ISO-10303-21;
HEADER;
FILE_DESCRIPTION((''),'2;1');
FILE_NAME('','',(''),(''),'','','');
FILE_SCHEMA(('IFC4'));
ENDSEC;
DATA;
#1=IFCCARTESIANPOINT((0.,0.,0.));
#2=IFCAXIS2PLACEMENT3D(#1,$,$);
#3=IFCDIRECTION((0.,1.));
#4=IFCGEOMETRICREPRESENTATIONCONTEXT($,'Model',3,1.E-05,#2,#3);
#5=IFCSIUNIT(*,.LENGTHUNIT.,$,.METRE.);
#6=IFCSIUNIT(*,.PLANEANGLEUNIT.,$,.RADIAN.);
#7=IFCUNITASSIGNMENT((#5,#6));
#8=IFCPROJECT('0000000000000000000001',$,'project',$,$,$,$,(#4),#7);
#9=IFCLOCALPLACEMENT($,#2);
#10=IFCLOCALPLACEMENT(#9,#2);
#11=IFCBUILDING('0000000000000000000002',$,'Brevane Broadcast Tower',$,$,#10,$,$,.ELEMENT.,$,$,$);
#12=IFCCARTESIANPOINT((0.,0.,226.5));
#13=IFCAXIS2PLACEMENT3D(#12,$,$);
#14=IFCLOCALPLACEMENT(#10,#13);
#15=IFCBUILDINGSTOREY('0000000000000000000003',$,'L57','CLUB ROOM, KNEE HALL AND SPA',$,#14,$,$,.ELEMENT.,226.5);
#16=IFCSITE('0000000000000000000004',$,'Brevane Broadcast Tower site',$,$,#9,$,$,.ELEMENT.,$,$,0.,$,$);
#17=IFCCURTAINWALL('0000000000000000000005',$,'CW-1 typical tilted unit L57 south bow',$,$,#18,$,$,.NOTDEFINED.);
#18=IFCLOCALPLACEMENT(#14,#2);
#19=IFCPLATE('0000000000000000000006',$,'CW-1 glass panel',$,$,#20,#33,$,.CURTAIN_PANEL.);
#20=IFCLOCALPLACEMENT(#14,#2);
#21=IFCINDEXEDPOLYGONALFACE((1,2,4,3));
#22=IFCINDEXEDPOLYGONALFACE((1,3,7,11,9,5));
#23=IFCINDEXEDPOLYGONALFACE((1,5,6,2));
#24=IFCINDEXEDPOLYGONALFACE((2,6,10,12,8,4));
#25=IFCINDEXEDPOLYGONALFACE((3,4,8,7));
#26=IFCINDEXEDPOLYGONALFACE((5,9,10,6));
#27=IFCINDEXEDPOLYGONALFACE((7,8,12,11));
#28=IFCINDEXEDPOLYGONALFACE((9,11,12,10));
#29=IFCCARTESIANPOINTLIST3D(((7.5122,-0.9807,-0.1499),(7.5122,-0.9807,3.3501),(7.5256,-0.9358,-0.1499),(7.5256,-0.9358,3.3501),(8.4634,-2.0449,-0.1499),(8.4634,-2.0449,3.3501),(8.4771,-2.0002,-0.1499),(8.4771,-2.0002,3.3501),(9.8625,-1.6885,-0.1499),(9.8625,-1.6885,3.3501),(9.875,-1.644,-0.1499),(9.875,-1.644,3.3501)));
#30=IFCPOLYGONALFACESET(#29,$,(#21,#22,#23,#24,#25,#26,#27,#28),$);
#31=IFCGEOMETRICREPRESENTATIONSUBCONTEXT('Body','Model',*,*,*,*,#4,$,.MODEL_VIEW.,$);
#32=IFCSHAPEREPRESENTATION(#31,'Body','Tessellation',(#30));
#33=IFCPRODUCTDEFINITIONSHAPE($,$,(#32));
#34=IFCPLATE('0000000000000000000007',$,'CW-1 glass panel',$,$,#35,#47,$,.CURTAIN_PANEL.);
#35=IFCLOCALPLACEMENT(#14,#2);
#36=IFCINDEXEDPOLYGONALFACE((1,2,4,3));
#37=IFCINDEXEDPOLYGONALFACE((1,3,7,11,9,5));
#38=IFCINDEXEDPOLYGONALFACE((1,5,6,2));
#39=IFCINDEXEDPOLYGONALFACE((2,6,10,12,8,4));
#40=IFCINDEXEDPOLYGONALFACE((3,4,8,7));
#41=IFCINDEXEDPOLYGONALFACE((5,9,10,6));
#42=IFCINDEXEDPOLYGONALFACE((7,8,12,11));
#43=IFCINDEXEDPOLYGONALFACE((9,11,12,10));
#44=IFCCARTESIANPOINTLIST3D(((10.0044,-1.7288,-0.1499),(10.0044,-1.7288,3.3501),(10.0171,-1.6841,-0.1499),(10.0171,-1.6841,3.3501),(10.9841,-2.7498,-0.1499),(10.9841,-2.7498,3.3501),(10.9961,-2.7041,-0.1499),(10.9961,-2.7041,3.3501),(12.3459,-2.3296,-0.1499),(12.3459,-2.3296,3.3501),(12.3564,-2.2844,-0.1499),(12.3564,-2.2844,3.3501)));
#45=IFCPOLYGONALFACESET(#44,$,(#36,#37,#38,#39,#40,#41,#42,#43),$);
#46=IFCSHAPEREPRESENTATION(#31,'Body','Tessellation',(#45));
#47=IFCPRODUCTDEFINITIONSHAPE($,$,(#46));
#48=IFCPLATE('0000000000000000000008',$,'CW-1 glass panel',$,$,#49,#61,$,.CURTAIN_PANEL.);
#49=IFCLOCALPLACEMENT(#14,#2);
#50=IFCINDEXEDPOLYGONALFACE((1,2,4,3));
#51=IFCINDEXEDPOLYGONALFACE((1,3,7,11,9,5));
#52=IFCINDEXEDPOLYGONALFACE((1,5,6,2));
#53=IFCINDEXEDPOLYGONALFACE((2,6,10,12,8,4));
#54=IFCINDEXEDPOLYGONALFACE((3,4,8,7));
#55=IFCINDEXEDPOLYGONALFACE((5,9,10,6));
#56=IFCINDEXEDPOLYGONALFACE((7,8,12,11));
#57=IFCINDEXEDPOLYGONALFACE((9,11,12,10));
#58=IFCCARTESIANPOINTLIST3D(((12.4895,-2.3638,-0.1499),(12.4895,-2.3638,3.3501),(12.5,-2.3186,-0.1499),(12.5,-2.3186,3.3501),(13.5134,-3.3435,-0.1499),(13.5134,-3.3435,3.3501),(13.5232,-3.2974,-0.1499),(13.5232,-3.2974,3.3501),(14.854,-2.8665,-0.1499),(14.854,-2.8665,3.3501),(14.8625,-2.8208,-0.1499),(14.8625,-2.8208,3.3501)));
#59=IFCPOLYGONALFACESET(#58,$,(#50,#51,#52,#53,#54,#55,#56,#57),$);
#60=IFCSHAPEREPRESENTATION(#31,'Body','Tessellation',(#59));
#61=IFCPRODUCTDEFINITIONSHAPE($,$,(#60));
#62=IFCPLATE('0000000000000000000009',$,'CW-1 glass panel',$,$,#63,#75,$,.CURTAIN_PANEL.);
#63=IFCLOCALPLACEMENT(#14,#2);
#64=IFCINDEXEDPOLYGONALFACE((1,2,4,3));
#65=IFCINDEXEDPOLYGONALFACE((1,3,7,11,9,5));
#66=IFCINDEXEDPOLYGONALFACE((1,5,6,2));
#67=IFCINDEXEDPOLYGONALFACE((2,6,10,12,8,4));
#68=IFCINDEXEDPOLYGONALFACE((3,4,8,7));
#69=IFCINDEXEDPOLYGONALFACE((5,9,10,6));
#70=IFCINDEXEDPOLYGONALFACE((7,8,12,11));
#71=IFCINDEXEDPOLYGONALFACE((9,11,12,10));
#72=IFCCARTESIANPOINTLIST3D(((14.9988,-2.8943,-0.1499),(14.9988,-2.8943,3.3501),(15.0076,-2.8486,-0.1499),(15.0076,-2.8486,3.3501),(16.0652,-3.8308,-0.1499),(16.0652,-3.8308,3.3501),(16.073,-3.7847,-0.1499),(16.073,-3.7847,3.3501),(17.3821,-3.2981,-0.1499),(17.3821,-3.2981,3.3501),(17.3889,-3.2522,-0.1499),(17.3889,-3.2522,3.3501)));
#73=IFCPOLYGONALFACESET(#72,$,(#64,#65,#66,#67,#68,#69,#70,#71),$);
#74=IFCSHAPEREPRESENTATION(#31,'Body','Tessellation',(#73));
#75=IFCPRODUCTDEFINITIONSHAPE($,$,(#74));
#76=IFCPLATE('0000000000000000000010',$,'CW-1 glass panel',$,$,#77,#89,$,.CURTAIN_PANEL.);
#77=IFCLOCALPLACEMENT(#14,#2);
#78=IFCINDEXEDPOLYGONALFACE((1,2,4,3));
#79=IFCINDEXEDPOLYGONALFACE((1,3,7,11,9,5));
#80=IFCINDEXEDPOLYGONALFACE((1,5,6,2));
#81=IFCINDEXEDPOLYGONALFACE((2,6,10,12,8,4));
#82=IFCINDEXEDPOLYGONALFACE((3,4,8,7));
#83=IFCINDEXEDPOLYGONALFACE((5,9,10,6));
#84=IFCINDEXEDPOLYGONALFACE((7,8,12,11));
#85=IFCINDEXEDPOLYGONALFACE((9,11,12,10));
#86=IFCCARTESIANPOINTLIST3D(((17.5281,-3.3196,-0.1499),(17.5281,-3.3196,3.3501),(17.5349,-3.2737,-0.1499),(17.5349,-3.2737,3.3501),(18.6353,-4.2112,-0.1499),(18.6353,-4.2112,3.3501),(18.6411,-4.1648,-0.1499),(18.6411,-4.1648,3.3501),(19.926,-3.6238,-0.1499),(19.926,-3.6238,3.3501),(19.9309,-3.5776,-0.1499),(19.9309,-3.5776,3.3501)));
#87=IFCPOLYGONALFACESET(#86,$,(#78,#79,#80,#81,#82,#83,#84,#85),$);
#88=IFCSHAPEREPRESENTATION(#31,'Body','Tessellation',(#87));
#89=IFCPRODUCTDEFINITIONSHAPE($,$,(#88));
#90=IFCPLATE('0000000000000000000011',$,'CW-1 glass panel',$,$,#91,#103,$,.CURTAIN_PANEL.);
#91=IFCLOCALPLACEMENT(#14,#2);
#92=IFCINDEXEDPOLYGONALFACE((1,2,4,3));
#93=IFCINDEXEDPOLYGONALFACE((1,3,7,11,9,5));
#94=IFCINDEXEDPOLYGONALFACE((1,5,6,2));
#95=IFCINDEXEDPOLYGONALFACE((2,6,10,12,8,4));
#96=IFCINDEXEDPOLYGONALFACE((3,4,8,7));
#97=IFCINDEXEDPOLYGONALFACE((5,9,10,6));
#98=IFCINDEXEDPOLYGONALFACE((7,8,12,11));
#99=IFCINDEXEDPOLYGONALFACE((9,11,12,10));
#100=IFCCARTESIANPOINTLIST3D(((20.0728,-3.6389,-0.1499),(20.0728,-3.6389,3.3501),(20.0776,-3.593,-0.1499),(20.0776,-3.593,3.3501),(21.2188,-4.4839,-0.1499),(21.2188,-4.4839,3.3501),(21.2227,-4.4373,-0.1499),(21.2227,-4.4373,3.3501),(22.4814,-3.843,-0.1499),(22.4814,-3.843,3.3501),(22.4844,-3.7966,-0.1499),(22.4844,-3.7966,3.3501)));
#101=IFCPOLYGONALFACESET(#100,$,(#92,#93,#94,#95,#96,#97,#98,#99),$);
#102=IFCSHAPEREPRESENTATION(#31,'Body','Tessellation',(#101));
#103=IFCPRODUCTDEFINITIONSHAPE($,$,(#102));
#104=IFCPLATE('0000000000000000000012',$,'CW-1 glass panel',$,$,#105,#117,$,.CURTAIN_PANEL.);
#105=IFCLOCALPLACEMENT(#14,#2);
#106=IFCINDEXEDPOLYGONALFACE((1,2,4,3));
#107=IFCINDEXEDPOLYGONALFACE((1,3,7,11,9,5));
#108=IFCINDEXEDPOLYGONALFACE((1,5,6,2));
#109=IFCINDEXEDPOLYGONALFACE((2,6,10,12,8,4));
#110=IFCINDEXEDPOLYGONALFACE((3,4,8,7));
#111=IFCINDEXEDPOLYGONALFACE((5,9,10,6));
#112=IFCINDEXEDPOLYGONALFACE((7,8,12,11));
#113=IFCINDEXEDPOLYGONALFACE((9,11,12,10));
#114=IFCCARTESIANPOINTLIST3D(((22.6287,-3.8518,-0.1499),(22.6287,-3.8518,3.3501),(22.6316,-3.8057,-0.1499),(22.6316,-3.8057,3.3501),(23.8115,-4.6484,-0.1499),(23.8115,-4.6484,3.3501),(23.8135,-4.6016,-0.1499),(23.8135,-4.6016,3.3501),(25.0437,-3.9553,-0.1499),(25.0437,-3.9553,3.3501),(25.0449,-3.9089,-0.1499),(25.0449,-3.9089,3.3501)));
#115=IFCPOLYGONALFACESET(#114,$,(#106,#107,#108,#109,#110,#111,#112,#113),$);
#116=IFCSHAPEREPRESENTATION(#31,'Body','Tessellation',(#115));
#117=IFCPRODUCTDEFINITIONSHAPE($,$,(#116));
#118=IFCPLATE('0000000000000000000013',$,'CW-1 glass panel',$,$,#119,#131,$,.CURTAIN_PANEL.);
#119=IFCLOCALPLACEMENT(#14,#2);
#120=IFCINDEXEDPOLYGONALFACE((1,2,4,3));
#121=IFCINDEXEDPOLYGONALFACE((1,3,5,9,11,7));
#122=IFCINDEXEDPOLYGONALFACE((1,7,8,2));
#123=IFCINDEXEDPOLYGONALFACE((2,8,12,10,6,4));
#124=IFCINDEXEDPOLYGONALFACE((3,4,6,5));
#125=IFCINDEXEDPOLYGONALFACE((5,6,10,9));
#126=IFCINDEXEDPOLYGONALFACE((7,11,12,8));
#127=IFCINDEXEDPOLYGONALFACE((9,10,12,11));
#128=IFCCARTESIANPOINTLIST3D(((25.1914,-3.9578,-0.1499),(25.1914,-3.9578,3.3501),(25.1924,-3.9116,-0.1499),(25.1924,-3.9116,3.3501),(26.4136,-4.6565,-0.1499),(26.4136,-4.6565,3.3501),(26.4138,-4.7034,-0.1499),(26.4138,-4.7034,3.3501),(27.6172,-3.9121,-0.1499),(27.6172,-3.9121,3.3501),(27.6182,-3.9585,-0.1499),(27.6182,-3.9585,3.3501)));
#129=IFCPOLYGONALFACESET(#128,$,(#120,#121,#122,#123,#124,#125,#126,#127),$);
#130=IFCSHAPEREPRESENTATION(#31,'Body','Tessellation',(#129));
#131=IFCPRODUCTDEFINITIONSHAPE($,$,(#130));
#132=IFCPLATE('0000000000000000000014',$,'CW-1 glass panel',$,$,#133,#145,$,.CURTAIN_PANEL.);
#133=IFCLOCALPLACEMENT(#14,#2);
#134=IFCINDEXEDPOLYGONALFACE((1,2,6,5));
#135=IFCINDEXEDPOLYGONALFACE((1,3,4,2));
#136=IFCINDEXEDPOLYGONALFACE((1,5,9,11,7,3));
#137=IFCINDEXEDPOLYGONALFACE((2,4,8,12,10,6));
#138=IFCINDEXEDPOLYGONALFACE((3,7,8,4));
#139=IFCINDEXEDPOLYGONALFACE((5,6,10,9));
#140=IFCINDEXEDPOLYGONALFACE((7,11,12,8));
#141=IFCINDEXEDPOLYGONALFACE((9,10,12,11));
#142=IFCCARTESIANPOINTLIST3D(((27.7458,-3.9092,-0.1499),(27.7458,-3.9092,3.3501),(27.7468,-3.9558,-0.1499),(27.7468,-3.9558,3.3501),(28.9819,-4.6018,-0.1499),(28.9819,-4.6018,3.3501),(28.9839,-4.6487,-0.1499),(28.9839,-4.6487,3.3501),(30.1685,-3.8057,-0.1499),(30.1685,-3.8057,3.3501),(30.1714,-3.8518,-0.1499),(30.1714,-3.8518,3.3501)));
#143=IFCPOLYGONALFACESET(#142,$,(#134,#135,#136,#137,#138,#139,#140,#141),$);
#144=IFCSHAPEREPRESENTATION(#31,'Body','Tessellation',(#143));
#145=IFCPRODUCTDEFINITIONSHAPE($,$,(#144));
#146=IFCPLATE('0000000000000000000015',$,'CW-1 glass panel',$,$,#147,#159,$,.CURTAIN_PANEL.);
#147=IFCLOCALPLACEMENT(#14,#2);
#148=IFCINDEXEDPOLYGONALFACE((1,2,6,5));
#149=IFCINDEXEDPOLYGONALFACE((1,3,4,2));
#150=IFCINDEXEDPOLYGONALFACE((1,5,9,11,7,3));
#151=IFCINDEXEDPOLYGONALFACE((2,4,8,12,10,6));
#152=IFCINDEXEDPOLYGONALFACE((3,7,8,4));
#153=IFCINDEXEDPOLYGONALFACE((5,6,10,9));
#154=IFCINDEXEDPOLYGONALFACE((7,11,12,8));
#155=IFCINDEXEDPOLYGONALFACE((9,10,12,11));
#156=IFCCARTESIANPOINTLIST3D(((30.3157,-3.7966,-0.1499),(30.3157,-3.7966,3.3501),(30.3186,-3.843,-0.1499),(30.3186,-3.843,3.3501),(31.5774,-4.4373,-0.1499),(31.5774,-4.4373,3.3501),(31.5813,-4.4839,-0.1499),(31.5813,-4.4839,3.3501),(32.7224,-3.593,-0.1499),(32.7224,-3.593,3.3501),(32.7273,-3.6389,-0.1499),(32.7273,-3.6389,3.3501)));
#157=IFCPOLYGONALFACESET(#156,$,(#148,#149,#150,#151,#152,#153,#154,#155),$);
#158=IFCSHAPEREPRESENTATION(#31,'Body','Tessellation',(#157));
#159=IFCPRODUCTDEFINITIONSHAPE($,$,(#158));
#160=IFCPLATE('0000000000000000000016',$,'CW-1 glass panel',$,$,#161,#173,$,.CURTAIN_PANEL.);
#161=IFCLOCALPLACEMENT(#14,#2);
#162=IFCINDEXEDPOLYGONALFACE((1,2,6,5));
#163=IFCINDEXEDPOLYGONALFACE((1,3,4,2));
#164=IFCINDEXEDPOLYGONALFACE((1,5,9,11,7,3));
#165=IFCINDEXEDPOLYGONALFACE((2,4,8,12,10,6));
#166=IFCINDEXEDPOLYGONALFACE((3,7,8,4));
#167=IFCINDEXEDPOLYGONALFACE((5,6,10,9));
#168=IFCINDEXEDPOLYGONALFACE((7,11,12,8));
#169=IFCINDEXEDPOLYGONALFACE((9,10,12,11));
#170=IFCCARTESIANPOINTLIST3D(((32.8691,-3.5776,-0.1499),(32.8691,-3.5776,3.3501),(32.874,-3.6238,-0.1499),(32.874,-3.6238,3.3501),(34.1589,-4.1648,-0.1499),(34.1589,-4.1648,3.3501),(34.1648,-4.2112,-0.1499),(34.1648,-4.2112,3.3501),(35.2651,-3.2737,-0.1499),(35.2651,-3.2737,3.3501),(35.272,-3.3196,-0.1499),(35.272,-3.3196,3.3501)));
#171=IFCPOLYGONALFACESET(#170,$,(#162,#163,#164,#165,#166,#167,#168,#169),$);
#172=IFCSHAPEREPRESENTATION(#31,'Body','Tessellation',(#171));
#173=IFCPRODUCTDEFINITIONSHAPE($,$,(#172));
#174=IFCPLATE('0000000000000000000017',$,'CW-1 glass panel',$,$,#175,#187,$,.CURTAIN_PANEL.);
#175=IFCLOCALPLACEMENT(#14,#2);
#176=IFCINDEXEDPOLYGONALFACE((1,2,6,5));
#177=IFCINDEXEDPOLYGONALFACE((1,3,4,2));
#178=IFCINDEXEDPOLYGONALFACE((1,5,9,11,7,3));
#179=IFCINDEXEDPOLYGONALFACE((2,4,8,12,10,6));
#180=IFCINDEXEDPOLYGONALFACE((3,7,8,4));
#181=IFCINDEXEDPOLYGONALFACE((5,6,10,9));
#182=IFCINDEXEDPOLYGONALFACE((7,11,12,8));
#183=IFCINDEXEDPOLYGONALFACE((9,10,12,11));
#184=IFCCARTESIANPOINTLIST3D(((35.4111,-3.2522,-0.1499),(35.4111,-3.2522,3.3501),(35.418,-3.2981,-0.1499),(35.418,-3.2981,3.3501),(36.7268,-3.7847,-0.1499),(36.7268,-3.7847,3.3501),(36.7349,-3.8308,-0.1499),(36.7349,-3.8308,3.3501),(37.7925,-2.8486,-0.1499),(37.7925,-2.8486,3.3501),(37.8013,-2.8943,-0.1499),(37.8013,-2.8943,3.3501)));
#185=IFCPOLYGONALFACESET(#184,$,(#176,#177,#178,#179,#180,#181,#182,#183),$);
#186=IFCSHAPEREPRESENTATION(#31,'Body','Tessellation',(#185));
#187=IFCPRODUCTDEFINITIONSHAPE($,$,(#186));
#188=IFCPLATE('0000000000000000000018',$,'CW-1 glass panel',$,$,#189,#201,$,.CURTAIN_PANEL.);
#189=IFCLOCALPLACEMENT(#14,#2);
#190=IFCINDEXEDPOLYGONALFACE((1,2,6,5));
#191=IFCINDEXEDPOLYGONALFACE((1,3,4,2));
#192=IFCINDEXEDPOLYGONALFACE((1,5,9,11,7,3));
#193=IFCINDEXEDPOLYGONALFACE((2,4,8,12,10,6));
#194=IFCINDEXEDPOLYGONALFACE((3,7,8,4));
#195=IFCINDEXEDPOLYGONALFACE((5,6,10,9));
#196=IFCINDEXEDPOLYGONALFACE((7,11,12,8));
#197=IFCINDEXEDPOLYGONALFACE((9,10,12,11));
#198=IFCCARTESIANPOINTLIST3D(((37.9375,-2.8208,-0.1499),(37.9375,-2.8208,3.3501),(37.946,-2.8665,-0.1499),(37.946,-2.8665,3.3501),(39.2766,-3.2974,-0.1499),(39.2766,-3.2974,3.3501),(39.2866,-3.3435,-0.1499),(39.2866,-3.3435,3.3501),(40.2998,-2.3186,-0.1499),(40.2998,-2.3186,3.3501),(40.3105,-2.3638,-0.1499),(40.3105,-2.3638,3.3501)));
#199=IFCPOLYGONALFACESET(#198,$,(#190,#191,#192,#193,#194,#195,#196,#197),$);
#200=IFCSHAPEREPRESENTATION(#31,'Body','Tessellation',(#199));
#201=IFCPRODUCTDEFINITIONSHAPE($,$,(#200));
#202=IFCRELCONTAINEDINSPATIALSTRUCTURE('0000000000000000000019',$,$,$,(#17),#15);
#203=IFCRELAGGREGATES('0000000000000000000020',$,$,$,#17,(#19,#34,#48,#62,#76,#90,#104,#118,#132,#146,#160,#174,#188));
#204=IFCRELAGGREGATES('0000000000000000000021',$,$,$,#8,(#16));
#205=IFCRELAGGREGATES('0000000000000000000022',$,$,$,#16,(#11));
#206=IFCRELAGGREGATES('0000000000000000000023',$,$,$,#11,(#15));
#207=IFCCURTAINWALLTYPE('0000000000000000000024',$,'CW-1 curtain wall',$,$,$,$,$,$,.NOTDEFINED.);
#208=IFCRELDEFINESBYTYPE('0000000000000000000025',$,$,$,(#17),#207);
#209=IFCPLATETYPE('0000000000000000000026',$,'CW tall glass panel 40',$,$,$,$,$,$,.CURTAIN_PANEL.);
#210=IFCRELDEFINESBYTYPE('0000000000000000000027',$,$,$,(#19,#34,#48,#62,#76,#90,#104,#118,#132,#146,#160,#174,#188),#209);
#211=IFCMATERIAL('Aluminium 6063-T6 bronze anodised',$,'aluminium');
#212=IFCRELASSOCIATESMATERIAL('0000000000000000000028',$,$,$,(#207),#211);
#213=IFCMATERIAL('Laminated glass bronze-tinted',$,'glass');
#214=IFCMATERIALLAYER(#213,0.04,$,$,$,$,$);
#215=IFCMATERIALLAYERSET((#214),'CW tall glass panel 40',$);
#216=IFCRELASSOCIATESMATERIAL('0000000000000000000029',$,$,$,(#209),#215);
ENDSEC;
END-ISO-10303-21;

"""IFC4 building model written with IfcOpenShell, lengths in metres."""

from ifc_helpers import new_model, si_unit, direction, frame, origin, place, context, subcontext, project, spatial, polyline, outline, extrude, material, layer, layer_set, type_object, element, aggregate, save


model = new_model("IFC4")

# Units and contexts
model_context = context("Model", 3, precision=1e-05, world=origin(), true_north=direction((0.0, 1.0)))
body_context = subcontext(model_context, "Body", "Model", "MODEL_VIEW")
ifc_project = project(units=[si_unit("LENGTHUNIT", "METRE"), si_unit("PLANEANGLEUNIT", "RADIAN")], contexts=[model_context])

# Site, building, storey
site_placement = place(None, origin())
site = spatial("IfcSite", under=ifc_project, at=site_placement, Name="Brevane Broadcast Tower site", CompositionType="ELEMENT", RefElevation=0.0)
building_placement = place(site_placement, origin())
building = spatial("IfcBuilding", under=site, at=building_placement, Name="Brevane Broadcast Tower", CompositionType="ELEMENT")
storey_placement = place(building_placement, frame((0.0, 0.0, 226.5)))
storey = spatial("IfcBuildingStorey", under=building, at=storey_placement, Name="L57", Description="CLUB ROOM, KNEE HALL AND SPA", CompositionType="ELEMENT", Elevation=226.5)

# Curtain wall, plates
ifc_material_1 = material(Name="Aluminium 6063-T6 bronze anodised", Category="aluminium")
curtain_wall_type = type_object("IfcCurtainWallType", Name="CW-1 curtain wall", PredefinedType="NOTDEFINED", material=ifc_material_1)
curtain_wall_1_placement = place(storey_placement, origin())
curtain_wall_1 = element("IfcCurtainWall", 1, at=curtain_wall_1_placement, inside=storey, type_object=curtain_wall_type, Name="CW-1 typical tilted unit L57 south bow", PredefinedType="NOTDEFINED")
ifc_material_2 = material(Name="Laminated glass bronze-tinted", Category="glass")
ifc_layer = layer(ifc_material_2, 0.04)
ifc_layer_set = layer_set([ifc_layer], Name="CW tall glass panel 40")
plate_type = type_object("IfcPlateType", Name="CW tall glass panel 40", PredefinedType="CURTAIN_PANEL", material=ifc_layer_set)
plate_1_placement = place(storey_placement, frame((0.0, 0.0, -0.1499)))
plate_1 = element("IfcPlate", 2, at=plate_1_placement, type_object=plate_type, Name="CW-1 glass panel", PredefinedType="CURTAIN_PANEL", context=body_context, shape_type="SweptSolid", body=[
    extrude(outline(polyline([(7.5256, -0.9358), (7.5122, -0.9807), (8.4634, -2.0449), (9.8625, -1.6885), (9.875, -1.644), (8.4771, -2.0002), (7.5256, -0.9358)])), origin(), (0.0, 0.0, 1.0), 3.5),
])
plate_2_placement = place(storey_placement, frame((0.0, 0.0, -0.1499)))
plate_2 = element("IfcPlate", 3, at=plate_2_placement, type_object=plate_type, Name="CW-1 glass panel", PredefinedType="CURTAIN_PANEL", context=body_context, shape_type="SweptSolid", body=[
    extrude(outline(polyline([(10.0171, -1.6841), (10.0044, -1.7288), (10.9841, -2.7498), (12.3459, -2.3296), (12.3564, -2.2844), (10.9961, -2.7041), (10.0171, -1.6841)])), origin(), (0.0, 0.0, 1.0), 3.5),
])
plate_3_placement = place(storey_placement, frame((0.0, 0.0, -0.1499)))
plate_3 = element("IfcPlate", 4, at=plate_3_placement, type_object=plate_type, Name="CW-1 glass panel", PredefinedType="CURTAIN_PANEL", context=body_context, shape_type="SweptSolid", body=[
    extrude(outline(polyline([(12.5, -2.3186), (12.4895, -2.3638), (13.5134, -3.3435), (14.854, -2.8665), (14.8625, -2.8208), (13.5232, -3.2974), (12.5, -2.3186)])), origin(), (0.0, 0.0, 1.0), 3.5),
])
plate_4_placement = place(storey_placement, frame((0.0, 0.0, -0.1499)))
plate_4 = element("IfcPlate", 5, at=plate_4_placement, type_object=plate_type, Name="CW-1 glass panel", PredefinedType="CURTAIN_PANEL", context=body_context, shape_type="SweptSolid", body=[
    extrude(outline(polyline([(15.0076, -2.8486), (14.9988, -2.8943), (16.0652, -3.8308), (17.3821, -3.2981), (17.3889, -3.2522), (16.073, -3.7847), (15.0076, -2.8486)])), origin(), (0.0, 0.0, 1.0), 3.5),
])
plate_5_placement = place(storey_placement, frame((0.0, 0.0, -0.1499)))
plate_5 = element("IfcPlate", 6, at=plate_5_placement, type_object=plate_type, Name="CW-1 glass panel", PredefinedType="CURTAIN_PANEL", context=body_context, shape_type="SweptSolid", body=[
    extrude(outline(polyline([(17.5349, -3.2737), (17.5281, -3.3196), (18.6353, -4.2112), (19.926, -3.6238), (19.9309, -3.5776), (18.6411, -4.1648), (17.5349, -3.2737)])), origin(), (0.0, 0.0, 1.0), 3.5),
])
plate_6_placement = place(storey_placement, frame((0.0, 0.0, -0.1499)))
plate_6 = element("IfcPlate", 7, at=plate_6_placement, type_object=plate_type, Name="CW-1 glass panel", PredefinedType="CURTAIN_PANEL", context=body_context, shape_type="SweptSolid", body=[
    extrude(outline(polyline([(20.0776, -3.593), (20.0728, -3.6389), (21.2188, -4.4839), (22.4814, -3.843), (22.4844, -3.7966), (21.2227, -4.4373), (20.0776, -3.593)])), origin(), (0.0, 0.0, 1.0), 3.5),
])
plate_7_placement = place(storey_placement, frame((0.0, 0.0, -0.1499)))
plate_7 = element("IfcPlate", 8, at=plate_7_placement, type_object=plate_type, Name="CW-1 glass panel", PredefinedType="CURTAIN_PANEL", context=body_context, shape_type="SweptSolid", body=[
    extrude(outline(polyline([(22.6316, -3.8057), (22.6287, -3.8518), (23.8115, -4.6484), (25.0437, -3.9553), (25.0449, -3.9089), (23.8135, -4.6016), (22.6316, -3.8057)])), origin(), (0.0, 0.0, 1.0), 3.5),
])
plate_8_placement = place(storey_placement, frame((0.0, 0.0, -0.1499)))
plate_8 = element("IfcPlate", 9, at=plate_8_placement, type_object=plate_type, Name="CW-1 glass panel", PredefinedType="CURTAIN_PANEL", context=body_context, shape_type="SweptSolid", body=[
    extrude(outline(polyline([(25.1924, -3.9116), (25.1914, -3.9578), (26.4138, -4.7034), (27.6182, -3.9585), (27.6172, -3.9121), (26.4136, -4.6565), (25.1924, -3.9116)])), origin(), (0.0, 0.0, 1.0), 3.5),
])
plate_9_placement = place(storey_placement, frame((0.0, 0.0, -0.1499)))
plate_9 = element("IfcPlate", 10, at=plate_9_placement, type_object=plate_type, Name="CW-1 glass panel", PredefinedType="CURTAIN_PANEL", context=body_context, shape_type="SweptSolid", body=[
    extrude(outline(polyline([(27.7458, -3.9092), (27.7468, -3.9558), (28.9839, -4.6487), (30.1714, -3.8518), (30.1685, -3.8057), (28.9819, -4.6018), (27.7458, -3.9092)])), origin(), (0.0, 0.0, 1.0), 3.5),
])
plate_10_placement = place(storey_placement, frame((0.0, 0.0, -0.1499)))
plate_10 = element("IfcPlate", 11, at=plate_10_placement, type_object=plate_type, Name="CW-1 glass panel", PredefinedType="CURTAIN_PANEL", context=body_context, shape_type="SweptSolid", body=[
    extrude(outline(polyline([(30.3157, -3.7966), (30.3186, -3.843), (31.5813, -4.4839), (32.7273, -3.6389), (32.7224, -3.593), (31.5774, -4.4373), (30.3157, -3.7966)])), origin(), (0.0, 0.0, 1.0), 3.5),
])
plate_11_placement = place(storey_placement, frame((0.0, 0.0, -0.1499)))
plate_11 = element("IfcPlate", 12, at=plate_11_placement, type_object=plate_type, Name="CW-1 glass panel", PredefinedType="CURTAIN_PANEL", context=body_context, shape_type="SweptSolid", body=[
    extrude(outline(polyline([(32.8691, -3.5776), (32.874, -3.6238), (34.1648, -4.2112), (35.272, -3.3196), (35.2651, -3.2737), (34.1589, -4.1648), (32.8691, -3.5776)])), origin(), (0.0, 0.0, 1.0), 3.5),
])
plate_12_placement = place(storey_placement, frame((0.0, 0.0, -0.1499)))
plate_12 = element("IfcPlate", 13, at=plate_12_placement, type_object=plate_type, Name="CW-1 glass panel", PredefinedType="CURTAIN_PANEL", context=body_context, shape_type="SweptSolid", body=[
    extrude(outline(polyline([(35.4111, -3.2522), (35.418, -3.2981), (36.7349, -3.8308), (37.8013, -2.8943), (37.7925, -2.8486), (36.7268, -3.7847), (35.4111, -3.2522)])), origin(), (0.0, 0.0, 1.0), 3.5),
])
plate_13_placement = place(storey_placement, frame((0.0, 0.0, -0.1499)))
plate_13 = element("IfcPlate", 14, at=plate_13_placement, type_object=plate_type, Name="CW-1 glass panel", PredefinedType="CURTAIN_PANEL", context=body_context, shape_type="SweptSolid", body=[
    extrude(outline(polyline([(37.9375, -2.8208), (37.946, -2.8665), (39.2866, -3.3435), (40.3105, -2.3638), (40.2998, -2.3186), (39.2766, -3.2974), (37.9375, -2.8208)])), origin(), (0.0, 0.0, 1.0), 3.5),
])
aggregate(curtain_wall_1, [plate_1, plate_2, plate_3, plate_4, plate_5, plate_6, plate_7, plate_8, plate_9, plate_10, plate_11, plate_12, plate_13])

save(model, "model.ifc")
